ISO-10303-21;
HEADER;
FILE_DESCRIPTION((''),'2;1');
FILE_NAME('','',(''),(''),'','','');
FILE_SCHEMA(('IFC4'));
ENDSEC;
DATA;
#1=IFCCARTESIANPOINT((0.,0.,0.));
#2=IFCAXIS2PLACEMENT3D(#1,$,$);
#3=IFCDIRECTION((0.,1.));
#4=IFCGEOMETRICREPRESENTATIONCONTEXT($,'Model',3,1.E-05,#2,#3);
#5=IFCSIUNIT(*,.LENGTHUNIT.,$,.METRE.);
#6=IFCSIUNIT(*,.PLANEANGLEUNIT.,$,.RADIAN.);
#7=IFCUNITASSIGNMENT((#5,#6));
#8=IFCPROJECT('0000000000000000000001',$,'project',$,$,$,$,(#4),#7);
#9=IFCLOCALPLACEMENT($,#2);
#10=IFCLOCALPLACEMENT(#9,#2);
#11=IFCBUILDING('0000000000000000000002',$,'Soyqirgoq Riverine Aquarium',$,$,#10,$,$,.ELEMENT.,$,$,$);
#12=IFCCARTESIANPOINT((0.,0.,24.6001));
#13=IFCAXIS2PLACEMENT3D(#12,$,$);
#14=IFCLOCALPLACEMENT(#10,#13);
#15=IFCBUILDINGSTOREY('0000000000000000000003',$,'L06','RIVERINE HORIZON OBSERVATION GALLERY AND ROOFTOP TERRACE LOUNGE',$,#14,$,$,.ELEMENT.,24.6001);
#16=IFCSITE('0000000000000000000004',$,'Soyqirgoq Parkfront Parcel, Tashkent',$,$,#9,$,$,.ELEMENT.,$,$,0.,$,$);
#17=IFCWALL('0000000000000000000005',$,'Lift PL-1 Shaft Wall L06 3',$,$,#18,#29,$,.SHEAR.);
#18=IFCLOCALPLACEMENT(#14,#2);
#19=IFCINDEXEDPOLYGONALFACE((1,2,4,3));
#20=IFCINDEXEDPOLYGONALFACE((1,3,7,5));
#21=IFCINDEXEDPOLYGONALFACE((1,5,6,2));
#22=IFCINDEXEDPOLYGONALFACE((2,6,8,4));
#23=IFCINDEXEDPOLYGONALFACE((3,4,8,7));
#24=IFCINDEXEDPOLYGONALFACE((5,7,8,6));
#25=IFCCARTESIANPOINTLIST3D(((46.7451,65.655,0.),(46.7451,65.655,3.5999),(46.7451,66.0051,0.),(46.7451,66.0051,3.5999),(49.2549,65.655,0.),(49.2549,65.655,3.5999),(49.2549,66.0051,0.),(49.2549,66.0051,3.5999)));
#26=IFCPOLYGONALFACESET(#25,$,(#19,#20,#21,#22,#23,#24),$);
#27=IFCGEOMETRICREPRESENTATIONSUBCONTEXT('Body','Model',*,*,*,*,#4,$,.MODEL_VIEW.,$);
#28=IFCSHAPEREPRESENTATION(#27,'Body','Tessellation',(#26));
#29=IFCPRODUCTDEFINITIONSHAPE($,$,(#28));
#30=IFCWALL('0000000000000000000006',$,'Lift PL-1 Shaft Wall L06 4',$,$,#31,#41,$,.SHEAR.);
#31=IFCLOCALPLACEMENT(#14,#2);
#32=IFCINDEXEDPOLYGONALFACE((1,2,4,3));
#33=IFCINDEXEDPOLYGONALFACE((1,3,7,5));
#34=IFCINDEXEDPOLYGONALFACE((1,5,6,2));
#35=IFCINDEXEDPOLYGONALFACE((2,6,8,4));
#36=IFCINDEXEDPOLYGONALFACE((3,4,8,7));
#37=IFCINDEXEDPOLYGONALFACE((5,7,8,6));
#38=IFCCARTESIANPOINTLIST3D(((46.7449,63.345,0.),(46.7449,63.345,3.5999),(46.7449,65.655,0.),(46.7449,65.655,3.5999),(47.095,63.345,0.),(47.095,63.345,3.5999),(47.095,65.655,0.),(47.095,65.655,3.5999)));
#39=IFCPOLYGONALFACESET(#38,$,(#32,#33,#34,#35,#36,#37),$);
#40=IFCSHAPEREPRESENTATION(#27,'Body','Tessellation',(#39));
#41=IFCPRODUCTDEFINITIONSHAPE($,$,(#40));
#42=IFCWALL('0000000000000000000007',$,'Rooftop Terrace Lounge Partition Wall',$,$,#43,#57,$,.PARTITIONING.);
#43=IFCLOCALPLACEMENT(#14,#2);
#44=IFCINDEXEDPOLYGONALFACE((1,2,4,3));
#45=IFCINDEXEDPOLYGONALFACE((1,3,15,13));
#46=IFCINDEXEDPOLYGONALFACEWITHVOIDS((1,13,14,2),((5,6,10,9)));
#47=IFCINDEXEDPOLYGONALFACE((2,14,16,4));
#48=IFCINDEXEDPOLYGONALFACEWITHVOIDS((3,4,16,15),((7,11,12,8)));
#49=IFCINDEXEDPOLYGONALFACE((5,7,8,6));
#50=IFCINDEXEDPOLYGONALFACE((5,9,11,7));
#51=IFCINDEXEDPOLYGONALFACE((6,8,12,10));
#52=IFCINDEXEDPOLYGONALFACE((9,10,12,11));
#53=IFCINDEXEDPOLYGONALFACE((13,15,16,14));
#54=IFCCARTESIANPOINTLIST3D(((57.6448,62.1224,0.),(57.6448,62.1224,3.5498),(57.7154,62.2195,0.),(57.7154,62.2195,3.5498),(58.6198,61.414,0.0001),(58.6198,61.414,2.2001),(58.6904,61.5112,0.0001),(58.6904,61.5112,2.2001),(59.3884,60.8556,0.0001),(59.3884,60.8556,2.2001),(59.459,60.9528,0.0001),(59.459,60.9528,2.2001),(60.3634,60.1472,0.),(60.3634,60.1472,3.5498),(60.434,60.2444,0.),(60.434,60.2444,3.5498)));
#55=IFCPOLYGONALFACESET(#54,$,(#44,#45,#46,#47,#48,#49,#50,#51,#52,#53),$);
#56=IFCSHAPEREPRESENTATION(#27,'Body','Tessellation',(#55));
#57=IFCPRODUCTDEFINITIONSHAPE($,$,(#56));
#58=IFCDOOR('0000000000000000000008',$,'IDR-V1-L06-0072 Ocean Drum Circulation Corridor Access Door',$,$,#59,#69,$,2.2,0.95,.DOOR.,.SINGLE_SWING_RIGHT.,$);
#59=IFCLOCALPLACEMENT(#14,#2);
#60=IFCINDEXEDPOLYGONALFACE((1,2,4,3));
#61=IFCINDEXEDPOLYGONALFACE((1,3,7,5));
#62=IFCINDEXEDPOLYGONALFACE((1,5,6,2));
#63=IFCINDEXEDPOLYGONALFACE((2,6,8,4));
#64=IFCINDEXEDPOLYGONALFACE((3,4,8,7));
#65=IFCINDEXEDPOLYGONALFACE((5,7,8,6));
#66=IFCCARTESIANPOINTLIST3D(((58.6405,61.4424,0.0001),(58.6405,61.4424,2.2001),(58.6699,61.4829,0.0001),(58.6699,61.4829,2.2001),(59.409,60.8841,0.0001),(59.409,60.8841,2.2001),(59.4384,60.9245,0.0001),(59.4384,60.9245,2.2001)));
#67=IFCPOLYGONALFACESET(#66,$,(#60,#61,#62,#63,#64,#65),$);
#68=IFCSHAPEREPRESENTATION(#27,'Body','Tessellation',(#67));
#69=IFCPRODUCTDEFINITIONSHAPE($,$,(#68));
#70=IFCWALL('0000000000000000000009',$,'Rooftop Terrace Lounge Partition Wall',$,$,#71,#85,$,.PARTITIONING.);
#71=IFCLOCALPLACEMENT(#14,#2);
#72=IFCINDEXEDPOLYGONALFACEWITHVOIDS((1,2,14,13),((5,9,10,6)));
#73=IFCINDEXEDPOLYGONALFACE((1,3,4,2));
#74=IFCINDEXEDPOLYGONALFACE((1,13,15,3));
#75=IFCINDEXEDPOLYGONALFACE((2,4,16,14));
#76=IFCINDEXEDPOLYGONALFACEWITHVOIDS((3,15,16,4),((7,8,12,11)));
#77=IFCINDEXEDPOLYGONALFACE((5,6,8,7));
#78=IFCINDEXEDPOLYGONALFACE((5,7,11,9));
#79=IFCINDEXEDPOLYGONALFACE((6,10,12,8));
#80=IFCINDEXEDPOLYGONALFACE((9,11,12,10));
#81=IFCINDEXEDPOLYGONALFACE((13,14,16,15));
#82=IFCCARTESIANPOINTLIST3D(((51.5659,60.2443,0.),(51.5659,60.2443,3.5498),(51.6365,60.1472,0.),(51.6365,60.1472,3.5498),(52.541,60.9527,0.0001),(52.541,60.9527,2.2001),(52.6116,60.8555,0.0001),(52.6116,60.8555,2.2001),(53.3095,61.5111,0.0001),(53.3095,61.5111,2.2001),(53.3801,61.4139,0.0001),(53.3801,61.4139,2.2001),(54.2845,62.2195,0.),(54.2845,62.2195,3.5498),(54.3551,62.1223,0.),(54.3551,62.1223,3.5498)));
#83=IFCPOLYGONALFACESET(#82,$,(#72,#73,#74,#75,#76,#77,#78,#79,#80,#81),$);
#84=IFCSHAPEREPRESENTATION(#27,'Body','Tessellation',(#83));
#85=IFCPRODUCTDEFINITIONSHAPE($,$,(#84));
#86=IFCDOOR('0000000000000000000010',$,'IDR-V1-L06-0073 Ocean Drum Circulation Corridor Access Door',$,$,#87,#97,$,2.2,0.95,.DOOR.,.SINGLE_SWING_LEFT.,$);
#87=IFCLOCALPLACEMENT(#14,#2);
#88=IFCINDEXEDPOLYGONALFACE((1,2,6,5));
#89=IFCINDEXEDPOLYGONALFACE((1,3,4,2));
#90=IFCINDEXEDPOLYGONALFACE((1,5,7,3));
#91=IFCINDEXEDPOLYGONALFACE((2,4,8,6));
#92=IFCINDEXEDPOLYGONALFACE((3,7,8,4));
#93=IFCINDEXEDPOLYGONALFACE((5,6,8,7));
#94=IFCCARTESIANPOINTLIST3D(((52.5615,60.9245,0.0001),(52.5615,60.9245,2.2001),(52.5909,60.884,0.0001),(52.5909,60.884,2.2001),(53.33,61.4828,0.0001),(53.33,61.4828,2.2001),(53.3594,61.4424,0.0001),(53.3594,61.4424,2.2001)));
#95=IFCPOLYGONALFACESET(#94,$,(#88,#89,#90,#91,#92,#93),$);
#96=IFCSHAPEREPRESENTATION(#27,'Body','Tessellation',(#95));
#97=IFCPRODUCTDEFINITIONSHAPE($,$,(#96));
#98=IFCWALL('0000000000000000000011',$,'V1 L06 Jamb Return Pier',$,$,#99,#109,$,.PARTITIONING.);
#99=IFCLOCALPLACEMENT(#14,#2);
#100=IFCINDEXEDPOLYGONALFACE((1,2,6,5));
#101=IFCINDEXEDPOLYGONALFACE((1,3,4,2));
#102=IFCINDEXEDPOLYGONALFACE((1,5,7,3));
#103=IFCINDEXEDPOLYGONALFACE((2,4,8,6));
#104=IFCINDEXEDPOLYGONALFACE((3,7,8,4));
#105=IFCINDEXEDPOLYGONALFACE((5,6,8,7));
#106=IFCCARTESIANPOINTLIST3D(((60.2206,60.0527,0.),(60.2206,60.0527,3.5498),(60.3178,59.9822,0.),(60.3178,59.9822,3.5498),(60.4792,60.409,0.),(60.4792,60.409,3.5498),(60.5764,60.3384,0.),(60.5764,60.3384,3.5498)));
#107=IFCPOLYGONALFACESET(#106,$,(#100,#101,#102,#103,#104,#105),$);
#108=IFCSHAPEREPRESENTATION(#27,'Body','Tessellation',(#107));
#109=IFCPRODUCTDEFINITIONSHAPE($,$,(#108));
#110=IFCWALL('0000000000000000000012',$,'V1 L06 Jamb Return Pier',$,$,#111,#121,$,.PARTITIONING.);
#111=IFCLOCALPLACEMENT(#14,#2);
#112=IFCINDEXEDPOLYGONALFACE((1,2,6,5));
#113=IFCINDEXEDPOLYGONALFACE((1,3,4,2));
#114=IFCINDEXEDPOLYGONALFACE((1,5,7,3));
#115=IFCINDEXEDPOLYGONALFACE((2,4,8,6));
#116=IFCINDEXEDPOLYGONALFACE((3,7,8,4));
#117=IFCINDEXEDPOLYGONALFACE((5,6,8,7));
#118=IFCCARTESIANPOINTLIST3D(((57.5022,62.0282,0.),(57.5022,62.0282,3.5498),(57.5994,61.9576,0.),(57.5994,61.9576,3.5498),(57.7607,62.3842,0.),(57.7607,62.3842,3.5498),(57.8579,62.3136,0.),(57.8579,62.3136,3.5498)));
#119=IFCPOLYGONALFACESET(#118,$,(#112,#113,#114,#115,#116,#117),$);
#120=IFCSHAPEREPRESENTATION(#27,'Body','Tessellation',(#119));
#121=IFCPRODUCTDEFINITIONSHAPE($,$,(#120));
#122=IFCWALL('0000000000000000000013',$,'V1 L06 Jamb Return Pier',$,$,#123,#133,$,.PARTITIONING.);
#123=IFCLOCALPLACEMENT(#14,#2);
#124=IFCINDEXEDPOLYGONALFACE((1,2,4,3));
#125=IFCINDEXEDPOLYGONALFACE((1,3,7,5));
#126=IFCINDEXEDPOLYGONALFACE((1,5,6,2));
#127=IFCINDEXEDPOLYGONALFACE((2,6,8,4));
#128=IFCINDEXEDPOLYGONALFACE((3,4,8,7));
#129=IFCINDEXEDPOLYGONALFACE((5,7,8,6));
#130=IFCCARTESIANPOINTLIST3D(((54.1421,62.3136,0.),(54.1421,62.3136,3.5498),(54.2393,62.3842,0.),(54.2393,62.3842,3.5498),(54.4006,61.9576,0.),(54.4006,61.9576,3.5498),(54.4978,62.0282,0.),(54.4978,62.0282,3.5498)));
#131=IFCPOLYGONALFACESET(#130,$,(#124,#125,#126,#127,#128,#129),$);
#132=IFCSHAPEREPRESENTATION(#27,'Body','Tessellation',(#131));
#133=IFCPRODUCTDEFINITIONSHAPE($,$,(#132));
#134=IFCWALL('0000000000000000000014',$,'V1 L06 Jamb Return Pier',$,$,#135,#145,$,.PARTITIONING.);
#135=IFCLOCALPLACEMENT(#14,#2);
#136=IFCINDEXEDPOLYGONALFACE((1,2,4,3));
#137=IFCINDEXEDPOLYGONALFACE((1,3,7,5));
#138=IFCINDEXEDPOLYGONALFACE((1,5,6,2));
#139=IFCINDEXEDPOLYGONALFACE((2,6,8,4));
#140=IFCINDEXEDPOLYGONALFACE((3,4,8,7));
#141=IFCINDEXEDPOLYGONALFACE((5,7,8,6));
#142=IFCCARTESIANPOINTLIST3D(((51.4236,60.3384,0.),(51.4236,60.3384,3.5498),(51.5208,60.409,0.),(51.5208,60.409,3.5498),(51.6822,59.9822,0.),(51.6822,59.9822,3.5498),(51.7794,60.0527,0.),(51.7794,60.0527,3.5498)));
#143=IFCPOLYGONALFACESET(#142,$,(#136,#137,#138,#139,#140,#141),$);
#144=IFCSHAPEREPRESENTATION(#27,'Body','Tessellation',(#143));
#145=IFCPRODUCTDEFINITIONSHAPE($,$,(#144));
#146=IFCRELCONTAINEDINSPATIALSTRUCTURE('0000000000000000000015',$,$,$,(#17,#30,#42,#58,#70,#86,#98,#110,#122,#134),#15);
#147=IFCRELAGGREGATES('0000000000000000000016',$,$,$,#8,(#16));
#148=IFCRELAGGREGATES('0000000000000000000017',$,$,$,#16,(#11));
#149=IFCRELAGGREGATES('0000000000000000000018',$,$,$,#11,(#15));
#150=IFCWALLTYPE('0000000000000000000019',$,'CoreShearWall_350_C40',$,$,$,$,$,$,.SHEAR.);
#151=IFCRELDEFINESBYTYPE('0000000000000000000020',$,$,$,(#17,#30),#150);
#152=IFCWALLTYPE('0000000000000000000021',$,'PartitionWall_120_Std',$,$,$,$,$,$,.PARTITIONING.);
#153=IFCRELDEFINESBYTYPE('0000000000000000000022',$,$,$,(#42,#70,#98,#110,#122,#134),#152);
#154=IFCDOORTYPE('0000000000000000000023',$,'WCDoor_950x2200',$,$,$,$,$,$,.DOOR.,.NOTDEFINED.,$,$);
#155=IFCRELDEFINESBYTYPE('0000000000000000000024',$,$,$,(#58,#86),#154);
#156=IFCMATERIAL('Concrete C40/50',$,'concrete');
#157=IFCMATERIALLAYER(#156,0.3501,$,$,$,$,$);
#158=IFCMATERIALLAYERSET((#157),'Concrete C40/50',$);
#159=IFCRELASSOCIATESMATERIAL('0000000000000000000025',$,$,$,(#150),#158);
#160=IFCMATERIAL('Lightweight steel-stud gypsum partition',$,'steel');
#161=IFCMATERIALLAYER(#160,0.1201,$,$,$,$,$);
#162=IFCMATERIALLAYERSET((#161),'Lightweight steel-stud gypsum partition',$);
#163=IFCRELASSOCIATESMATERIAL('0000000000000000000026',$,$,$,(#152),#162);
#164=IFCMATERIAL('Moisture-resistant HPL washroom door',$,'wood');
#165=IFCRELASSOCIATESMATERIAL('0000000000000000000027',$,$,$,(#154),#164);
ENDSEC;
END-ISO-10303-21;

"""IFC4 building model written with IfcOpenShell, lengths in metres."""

from ifc_helpers import new_model, si_unit, direction, frame, frame_2d, origin, place, context, subcontext, project, spatial, rectangle, extrude, material, layer, layer_set, type_object, element, fill, save


model = new_model("IFC4")

# Units and contexts
model_context = context("Model", 3, precision=1e-05, world=origin(), true_north=direction((0.0, 1.0)))
body_context = subcontext(model_context, "Body", "Model", "MODEL_VIEW")
ifc_project = project(units=[si_unit("LENGTHUNIT", "METRE"), si_unit("PLANEANGLEUNIT", "RADIAN")], contexts=[model_context])

# Site, building, storey
site_placement = place(None, origin())
site = spatial("IfcSite", under=ifc_project, at=site_placement, Name="Soyqirgoq Parkfront Parcel, Tashkent", CompositionType="ELEMENT", RefElevation=0.0)
building_placement = place(site_placement, origin())
building = spatial("IfcBuilding", under=site, at=building_placement, Name="Soyqirgoq Riverine Aquarium", CompositionType="ELEMENT")
storey_placement = place(building_placement, frame((0.0, 0.0, 24.6001)))
storey = spatial("IfcBuildingStorey", under=building, at=storey_placement, Name="L06", Description="RIVERINE HORIZON OBSERVATION GALLERY AND ROOFTOP TERRACE LOUNGE", CompositionType="ELEMENT", Elevation=24.6001)

# Shared definitions
ifc_material_1 = material(Name="Concrete C40/50", Category="concrete")
ifc_layer_1 = layer(ifc_material_1, 0.3501)
ifc_layer_set_1 = layer_set([ifc_layer_1], Name="Concrete C40/50")
wall_type_1 = type_object("IfcWallType", Name="CoreShearWall_350_C40", PredefinedType="SHEAR", material=ifc_layer_set_1)

# Walls
wall_1_placement = place(storey_placement, frame((49.2549, 65.8301, 0.0), z_axis=(0.0, 0.0, 1.0), x_axis=(-1.0, 0.0, 0.0)))
element("IfcWall", 1, at=wall_1_placement, inside=storey, type_object=wall_type_1, Name="Lift PL-1 Shaft Wall L06 3", PredefinedType="SHEAR", context=body_context, shape_type="SweptSolid", body=[
    extrude(rectangle(XDim=2.5098, YDim=0.3501, at=frame_2d((1.2549, 0.0))), origin(), (0.0, 0.0, 1.0), 3.5999),
])
wall_2_placement = place(storey_placement, frame((46.9199, 65.655, 0.0), z_axis=(0.0, 0.0, 1.0), x_axis=(0.0, -1.0, 0.0)))
element("IfcWall", 2, at=wall_2_placement, inside=storey, type_object=wall_type_1, Name="Lift PL-1 Shaft Wall L06 4", PredefinedType="SHEAR", context=body_context, shape_type="SweptSolid", body=[
    extrude(rectangle(XDim=2.3101, YDim=0.3501, at=frame_2d((1.155, 0.0))), origin(), (0.0, 0.0, 1.0), 3.5999),
])

# Walls, openings, doors
ifc_material_2 = material(Name="Lightweight steel-stud gypsum partition", Category="steel")
ifc_layer_2 = layer(ifc_material_2, 0.1201)
ifc_layer_set_2 = layer_set([ifc_layer_2], Name="Lightweight steel-stud gypsum partition")
wall_type_2 = type_object("IfcWallType", Name="PartitionWall_120_Std", PredefinedType="PARTITIONING", material=ifc_layer_set_2)
wall_3_placement = place(storey_placement, frame((60.3987, 60.1958, 0.0), z_axis=(0.0, 0.0, 1.0), x_axis=(-0.809019, 0.587783, 0.0)))
wall_3 = element("IfcWall", 3, at=wall_3_placement, inside=storey, type_object=wall_type_2, Name="Rooftop Terrace Lounge Partition Wall", PredefinedType="PARTITIONING", context=body_context, shape_type="SweptSolid", body=[
    extrude(rectangle(XDim=3.3604, YDim=0.1201, at=frame_2d((1.6802, 0.0))), origin(), (0.0, 0.0, 1.0), 3.5498),
])
opening_1_placement = place(wall_3_placement, frame((1.2051, 0.0, 0.0)))
opening_1 = element("IfcOpeningElement", 4, at=opening_1_placement, cuts=wall_3, PredefinedType="OPENING", context=body_context, shape_type="SweptSolid", body=[
    extrude(rectangle(XDim=0.95, YDim=2.2, at=frame_2d((0.4751, 1.1001))), frame((0.0, 0.0701, 0.0), z_axis=(0.0, -1.0, 0.0), x_axis=(1.0, 0.0, 0.0)), (0.0, 0.0, 1.0), 0.1401),
])
ifc_material_3 = material(Name="Moisture-resistant HPL washroom door", Category="wood")
door_type_1 = type_object("IfcDoorType", Name="WCDoor_950x2200", OperationType="NOTDEFINED", PredefinedType="DOOR", material=ifc_material_3)
door_1_placement = place(opening_1_placement, origin())
door_1 = element("IfcDoor", 5, at=door_1_placement, inside=storey, type_object=door_type_1, Name="IDR-V1-L06-0072 Ocean Drum Circulation Corridor Access Door", OperationType="SINGLE_SWING_RIGHT", OverallHeight=2.2, OverallWidth=0.95, PredefinedType="DOOR", context=body_context, shape_type="SweptSolid", body=[
    extrude(rectangle(XDim=0.95, YDim=2.2, at=frame_2d((0.4751, 1.1001))), frame((0.0, 0.0249, 0.0), z_axis=(0.0, -1.0, 0.0), x_axis=(1.0, 0.0, 0.0)), (0.0, 0.0, 1.0), 0.05),
])
fill(opening_1, door_1)
wall_4_placement = place(storey_placement, frame((54.3198, 62.1709, 0.0), z_axis=(0.0, 0.0, 1.0), x_axis=(-0.809019, -0.587783, 0.0)))
wall_4 = element("IfcWall", 6, at=wall_4_placement, inside=storey, type_object=wall_type_2, Name="Rooftop Terrace Lounge Partition Wall", PredefinedType="PARTITIONING", context=body_context, shape_type="SweptSolid", body=[
    extrude(rectangle(XDim=3.3604, YDim=0.1201, at=frame_2d((1.6802, 0.0))), origin(), (0.0, 0.0, 1.0), 3.5498),
])
opening_2_placement = place(wall_4_placement, frame((1.2051, 0.0, 0.0)))
opening_2 = element("IfcOpeningElement", 7, at=opening_2_placement, cuts=wall_4, PredefinedType="OPENING", context=body_context, shape_type="SweptSolid", body=[
    extrude(rectangle(XDim=0.95, YDim=2.2, at=frame_2d((0.4751, 1.1001))), frame((0.0, 0.0701, 0.0), z_axis=(0.0, -1.0, 0.0), x_axis=(1.0, 0.0, 0.0)), (0.0, 0.0, 1.0), 0.1401),
])
door_2_placement = place(opening_2_placement, origin())
door_2 = element("IfcDoor", 8, at=door_2_placement, inside=storey, type_object=door_type_1, Name="IDR-V1-L06-0073 Ocean Drum Circulation Corridor Access Door", OperationType="SINGLE_SWING_LEFT", OverallHeight=2.2, OverallWidth=0.95, PredefinedType="DOOR", context=body_context, shape_type="SweptSolid", body=[
    extrude(rectangle(XDim=0.95, YDim=2.2, at=frame_2d((0.4751, 1.1001))), frame((0.0, 0.0249, 0.0), z_axis=(0.0, -1.0, 0.0), x_axis=(1.0, 0.0, 0.0)), (0.0, 0.0, 1.0), 0.05),
])
fill(opening_2, door_2)

# Walls
wall_5_placement = place(storey_placement, frame((60.5278, 60.3738, 0.0), z_axis=(0.0, 0.0, 1.0), x_axis=(-0.587413, -0.809287, 0.0)))
element("IfcWall", 9, at=wall_5_placement, inside=storey, type_object=wall_type_2, Name="V1 L06 Jamb Return Pier", PredefinedType="PARTITIONING", context=body_context, shape_type="SweptSolid", body=[
    extrude(rectangle(XDim=0.4402, YDim=0.1201, at=frame_2d((0.2202, 0.0))), origin(), (0.0, 0.0, 1.0), 3.5498),
])
for number, where, z_axis, x_axis, name in (
    (10, (57.8093, 62.3489, 0.0), (0.0, 0.0, 1.0), (-0.587677, -0.809096, 0.0), "V1 L06 Jamb Return Pier"),
    (11, (54.1907, 62.3489, 0.0), (0.0, 0.0, 1.0), (0.587677, -0.809096, 0.0), "V1 L06 Jamb Return Pier"),
):
    element("IfcWall", number, at=place(storey_placement, frame(where, z_axis=z_axis, x_axis=x_axis)), inside=storey, type_object=wall_type_2, Name=name, PredefinedType="PARTITIONING", context=body_context, shape_type="SweptSolid", body=[
        extrude(rectangle(XDim=0.4399, YDim=0.1201, at=frame_2d((0.22, 0.0))), origin(), (0.0, 0.0, 1.0), 3.5498),
    ])
wall_6_placement = place(storey_placement, frame((51.4722, 60.3738, 0.0), z_axis=(0.0, 0.0, 1.0), x_axis=(0.587413, -0.809287, 0.0)))
element("IfcWall", 12, at=wall_6_placement, inside=storey, type_object=wall_type_2, Name="V1 L06 Jamb Return Pier", PredefinedType="PARTITIONING", context=body_context, shape_type="SweptSolid", body=[
    extrude(rectangle(XDim=0.4402, YDim=0.1201, at=frame_2d((0.2202, 0.0))), origin(), (0.0, 0.0, 1.0), 3.5498),
])

save(model, "model.ifc")
